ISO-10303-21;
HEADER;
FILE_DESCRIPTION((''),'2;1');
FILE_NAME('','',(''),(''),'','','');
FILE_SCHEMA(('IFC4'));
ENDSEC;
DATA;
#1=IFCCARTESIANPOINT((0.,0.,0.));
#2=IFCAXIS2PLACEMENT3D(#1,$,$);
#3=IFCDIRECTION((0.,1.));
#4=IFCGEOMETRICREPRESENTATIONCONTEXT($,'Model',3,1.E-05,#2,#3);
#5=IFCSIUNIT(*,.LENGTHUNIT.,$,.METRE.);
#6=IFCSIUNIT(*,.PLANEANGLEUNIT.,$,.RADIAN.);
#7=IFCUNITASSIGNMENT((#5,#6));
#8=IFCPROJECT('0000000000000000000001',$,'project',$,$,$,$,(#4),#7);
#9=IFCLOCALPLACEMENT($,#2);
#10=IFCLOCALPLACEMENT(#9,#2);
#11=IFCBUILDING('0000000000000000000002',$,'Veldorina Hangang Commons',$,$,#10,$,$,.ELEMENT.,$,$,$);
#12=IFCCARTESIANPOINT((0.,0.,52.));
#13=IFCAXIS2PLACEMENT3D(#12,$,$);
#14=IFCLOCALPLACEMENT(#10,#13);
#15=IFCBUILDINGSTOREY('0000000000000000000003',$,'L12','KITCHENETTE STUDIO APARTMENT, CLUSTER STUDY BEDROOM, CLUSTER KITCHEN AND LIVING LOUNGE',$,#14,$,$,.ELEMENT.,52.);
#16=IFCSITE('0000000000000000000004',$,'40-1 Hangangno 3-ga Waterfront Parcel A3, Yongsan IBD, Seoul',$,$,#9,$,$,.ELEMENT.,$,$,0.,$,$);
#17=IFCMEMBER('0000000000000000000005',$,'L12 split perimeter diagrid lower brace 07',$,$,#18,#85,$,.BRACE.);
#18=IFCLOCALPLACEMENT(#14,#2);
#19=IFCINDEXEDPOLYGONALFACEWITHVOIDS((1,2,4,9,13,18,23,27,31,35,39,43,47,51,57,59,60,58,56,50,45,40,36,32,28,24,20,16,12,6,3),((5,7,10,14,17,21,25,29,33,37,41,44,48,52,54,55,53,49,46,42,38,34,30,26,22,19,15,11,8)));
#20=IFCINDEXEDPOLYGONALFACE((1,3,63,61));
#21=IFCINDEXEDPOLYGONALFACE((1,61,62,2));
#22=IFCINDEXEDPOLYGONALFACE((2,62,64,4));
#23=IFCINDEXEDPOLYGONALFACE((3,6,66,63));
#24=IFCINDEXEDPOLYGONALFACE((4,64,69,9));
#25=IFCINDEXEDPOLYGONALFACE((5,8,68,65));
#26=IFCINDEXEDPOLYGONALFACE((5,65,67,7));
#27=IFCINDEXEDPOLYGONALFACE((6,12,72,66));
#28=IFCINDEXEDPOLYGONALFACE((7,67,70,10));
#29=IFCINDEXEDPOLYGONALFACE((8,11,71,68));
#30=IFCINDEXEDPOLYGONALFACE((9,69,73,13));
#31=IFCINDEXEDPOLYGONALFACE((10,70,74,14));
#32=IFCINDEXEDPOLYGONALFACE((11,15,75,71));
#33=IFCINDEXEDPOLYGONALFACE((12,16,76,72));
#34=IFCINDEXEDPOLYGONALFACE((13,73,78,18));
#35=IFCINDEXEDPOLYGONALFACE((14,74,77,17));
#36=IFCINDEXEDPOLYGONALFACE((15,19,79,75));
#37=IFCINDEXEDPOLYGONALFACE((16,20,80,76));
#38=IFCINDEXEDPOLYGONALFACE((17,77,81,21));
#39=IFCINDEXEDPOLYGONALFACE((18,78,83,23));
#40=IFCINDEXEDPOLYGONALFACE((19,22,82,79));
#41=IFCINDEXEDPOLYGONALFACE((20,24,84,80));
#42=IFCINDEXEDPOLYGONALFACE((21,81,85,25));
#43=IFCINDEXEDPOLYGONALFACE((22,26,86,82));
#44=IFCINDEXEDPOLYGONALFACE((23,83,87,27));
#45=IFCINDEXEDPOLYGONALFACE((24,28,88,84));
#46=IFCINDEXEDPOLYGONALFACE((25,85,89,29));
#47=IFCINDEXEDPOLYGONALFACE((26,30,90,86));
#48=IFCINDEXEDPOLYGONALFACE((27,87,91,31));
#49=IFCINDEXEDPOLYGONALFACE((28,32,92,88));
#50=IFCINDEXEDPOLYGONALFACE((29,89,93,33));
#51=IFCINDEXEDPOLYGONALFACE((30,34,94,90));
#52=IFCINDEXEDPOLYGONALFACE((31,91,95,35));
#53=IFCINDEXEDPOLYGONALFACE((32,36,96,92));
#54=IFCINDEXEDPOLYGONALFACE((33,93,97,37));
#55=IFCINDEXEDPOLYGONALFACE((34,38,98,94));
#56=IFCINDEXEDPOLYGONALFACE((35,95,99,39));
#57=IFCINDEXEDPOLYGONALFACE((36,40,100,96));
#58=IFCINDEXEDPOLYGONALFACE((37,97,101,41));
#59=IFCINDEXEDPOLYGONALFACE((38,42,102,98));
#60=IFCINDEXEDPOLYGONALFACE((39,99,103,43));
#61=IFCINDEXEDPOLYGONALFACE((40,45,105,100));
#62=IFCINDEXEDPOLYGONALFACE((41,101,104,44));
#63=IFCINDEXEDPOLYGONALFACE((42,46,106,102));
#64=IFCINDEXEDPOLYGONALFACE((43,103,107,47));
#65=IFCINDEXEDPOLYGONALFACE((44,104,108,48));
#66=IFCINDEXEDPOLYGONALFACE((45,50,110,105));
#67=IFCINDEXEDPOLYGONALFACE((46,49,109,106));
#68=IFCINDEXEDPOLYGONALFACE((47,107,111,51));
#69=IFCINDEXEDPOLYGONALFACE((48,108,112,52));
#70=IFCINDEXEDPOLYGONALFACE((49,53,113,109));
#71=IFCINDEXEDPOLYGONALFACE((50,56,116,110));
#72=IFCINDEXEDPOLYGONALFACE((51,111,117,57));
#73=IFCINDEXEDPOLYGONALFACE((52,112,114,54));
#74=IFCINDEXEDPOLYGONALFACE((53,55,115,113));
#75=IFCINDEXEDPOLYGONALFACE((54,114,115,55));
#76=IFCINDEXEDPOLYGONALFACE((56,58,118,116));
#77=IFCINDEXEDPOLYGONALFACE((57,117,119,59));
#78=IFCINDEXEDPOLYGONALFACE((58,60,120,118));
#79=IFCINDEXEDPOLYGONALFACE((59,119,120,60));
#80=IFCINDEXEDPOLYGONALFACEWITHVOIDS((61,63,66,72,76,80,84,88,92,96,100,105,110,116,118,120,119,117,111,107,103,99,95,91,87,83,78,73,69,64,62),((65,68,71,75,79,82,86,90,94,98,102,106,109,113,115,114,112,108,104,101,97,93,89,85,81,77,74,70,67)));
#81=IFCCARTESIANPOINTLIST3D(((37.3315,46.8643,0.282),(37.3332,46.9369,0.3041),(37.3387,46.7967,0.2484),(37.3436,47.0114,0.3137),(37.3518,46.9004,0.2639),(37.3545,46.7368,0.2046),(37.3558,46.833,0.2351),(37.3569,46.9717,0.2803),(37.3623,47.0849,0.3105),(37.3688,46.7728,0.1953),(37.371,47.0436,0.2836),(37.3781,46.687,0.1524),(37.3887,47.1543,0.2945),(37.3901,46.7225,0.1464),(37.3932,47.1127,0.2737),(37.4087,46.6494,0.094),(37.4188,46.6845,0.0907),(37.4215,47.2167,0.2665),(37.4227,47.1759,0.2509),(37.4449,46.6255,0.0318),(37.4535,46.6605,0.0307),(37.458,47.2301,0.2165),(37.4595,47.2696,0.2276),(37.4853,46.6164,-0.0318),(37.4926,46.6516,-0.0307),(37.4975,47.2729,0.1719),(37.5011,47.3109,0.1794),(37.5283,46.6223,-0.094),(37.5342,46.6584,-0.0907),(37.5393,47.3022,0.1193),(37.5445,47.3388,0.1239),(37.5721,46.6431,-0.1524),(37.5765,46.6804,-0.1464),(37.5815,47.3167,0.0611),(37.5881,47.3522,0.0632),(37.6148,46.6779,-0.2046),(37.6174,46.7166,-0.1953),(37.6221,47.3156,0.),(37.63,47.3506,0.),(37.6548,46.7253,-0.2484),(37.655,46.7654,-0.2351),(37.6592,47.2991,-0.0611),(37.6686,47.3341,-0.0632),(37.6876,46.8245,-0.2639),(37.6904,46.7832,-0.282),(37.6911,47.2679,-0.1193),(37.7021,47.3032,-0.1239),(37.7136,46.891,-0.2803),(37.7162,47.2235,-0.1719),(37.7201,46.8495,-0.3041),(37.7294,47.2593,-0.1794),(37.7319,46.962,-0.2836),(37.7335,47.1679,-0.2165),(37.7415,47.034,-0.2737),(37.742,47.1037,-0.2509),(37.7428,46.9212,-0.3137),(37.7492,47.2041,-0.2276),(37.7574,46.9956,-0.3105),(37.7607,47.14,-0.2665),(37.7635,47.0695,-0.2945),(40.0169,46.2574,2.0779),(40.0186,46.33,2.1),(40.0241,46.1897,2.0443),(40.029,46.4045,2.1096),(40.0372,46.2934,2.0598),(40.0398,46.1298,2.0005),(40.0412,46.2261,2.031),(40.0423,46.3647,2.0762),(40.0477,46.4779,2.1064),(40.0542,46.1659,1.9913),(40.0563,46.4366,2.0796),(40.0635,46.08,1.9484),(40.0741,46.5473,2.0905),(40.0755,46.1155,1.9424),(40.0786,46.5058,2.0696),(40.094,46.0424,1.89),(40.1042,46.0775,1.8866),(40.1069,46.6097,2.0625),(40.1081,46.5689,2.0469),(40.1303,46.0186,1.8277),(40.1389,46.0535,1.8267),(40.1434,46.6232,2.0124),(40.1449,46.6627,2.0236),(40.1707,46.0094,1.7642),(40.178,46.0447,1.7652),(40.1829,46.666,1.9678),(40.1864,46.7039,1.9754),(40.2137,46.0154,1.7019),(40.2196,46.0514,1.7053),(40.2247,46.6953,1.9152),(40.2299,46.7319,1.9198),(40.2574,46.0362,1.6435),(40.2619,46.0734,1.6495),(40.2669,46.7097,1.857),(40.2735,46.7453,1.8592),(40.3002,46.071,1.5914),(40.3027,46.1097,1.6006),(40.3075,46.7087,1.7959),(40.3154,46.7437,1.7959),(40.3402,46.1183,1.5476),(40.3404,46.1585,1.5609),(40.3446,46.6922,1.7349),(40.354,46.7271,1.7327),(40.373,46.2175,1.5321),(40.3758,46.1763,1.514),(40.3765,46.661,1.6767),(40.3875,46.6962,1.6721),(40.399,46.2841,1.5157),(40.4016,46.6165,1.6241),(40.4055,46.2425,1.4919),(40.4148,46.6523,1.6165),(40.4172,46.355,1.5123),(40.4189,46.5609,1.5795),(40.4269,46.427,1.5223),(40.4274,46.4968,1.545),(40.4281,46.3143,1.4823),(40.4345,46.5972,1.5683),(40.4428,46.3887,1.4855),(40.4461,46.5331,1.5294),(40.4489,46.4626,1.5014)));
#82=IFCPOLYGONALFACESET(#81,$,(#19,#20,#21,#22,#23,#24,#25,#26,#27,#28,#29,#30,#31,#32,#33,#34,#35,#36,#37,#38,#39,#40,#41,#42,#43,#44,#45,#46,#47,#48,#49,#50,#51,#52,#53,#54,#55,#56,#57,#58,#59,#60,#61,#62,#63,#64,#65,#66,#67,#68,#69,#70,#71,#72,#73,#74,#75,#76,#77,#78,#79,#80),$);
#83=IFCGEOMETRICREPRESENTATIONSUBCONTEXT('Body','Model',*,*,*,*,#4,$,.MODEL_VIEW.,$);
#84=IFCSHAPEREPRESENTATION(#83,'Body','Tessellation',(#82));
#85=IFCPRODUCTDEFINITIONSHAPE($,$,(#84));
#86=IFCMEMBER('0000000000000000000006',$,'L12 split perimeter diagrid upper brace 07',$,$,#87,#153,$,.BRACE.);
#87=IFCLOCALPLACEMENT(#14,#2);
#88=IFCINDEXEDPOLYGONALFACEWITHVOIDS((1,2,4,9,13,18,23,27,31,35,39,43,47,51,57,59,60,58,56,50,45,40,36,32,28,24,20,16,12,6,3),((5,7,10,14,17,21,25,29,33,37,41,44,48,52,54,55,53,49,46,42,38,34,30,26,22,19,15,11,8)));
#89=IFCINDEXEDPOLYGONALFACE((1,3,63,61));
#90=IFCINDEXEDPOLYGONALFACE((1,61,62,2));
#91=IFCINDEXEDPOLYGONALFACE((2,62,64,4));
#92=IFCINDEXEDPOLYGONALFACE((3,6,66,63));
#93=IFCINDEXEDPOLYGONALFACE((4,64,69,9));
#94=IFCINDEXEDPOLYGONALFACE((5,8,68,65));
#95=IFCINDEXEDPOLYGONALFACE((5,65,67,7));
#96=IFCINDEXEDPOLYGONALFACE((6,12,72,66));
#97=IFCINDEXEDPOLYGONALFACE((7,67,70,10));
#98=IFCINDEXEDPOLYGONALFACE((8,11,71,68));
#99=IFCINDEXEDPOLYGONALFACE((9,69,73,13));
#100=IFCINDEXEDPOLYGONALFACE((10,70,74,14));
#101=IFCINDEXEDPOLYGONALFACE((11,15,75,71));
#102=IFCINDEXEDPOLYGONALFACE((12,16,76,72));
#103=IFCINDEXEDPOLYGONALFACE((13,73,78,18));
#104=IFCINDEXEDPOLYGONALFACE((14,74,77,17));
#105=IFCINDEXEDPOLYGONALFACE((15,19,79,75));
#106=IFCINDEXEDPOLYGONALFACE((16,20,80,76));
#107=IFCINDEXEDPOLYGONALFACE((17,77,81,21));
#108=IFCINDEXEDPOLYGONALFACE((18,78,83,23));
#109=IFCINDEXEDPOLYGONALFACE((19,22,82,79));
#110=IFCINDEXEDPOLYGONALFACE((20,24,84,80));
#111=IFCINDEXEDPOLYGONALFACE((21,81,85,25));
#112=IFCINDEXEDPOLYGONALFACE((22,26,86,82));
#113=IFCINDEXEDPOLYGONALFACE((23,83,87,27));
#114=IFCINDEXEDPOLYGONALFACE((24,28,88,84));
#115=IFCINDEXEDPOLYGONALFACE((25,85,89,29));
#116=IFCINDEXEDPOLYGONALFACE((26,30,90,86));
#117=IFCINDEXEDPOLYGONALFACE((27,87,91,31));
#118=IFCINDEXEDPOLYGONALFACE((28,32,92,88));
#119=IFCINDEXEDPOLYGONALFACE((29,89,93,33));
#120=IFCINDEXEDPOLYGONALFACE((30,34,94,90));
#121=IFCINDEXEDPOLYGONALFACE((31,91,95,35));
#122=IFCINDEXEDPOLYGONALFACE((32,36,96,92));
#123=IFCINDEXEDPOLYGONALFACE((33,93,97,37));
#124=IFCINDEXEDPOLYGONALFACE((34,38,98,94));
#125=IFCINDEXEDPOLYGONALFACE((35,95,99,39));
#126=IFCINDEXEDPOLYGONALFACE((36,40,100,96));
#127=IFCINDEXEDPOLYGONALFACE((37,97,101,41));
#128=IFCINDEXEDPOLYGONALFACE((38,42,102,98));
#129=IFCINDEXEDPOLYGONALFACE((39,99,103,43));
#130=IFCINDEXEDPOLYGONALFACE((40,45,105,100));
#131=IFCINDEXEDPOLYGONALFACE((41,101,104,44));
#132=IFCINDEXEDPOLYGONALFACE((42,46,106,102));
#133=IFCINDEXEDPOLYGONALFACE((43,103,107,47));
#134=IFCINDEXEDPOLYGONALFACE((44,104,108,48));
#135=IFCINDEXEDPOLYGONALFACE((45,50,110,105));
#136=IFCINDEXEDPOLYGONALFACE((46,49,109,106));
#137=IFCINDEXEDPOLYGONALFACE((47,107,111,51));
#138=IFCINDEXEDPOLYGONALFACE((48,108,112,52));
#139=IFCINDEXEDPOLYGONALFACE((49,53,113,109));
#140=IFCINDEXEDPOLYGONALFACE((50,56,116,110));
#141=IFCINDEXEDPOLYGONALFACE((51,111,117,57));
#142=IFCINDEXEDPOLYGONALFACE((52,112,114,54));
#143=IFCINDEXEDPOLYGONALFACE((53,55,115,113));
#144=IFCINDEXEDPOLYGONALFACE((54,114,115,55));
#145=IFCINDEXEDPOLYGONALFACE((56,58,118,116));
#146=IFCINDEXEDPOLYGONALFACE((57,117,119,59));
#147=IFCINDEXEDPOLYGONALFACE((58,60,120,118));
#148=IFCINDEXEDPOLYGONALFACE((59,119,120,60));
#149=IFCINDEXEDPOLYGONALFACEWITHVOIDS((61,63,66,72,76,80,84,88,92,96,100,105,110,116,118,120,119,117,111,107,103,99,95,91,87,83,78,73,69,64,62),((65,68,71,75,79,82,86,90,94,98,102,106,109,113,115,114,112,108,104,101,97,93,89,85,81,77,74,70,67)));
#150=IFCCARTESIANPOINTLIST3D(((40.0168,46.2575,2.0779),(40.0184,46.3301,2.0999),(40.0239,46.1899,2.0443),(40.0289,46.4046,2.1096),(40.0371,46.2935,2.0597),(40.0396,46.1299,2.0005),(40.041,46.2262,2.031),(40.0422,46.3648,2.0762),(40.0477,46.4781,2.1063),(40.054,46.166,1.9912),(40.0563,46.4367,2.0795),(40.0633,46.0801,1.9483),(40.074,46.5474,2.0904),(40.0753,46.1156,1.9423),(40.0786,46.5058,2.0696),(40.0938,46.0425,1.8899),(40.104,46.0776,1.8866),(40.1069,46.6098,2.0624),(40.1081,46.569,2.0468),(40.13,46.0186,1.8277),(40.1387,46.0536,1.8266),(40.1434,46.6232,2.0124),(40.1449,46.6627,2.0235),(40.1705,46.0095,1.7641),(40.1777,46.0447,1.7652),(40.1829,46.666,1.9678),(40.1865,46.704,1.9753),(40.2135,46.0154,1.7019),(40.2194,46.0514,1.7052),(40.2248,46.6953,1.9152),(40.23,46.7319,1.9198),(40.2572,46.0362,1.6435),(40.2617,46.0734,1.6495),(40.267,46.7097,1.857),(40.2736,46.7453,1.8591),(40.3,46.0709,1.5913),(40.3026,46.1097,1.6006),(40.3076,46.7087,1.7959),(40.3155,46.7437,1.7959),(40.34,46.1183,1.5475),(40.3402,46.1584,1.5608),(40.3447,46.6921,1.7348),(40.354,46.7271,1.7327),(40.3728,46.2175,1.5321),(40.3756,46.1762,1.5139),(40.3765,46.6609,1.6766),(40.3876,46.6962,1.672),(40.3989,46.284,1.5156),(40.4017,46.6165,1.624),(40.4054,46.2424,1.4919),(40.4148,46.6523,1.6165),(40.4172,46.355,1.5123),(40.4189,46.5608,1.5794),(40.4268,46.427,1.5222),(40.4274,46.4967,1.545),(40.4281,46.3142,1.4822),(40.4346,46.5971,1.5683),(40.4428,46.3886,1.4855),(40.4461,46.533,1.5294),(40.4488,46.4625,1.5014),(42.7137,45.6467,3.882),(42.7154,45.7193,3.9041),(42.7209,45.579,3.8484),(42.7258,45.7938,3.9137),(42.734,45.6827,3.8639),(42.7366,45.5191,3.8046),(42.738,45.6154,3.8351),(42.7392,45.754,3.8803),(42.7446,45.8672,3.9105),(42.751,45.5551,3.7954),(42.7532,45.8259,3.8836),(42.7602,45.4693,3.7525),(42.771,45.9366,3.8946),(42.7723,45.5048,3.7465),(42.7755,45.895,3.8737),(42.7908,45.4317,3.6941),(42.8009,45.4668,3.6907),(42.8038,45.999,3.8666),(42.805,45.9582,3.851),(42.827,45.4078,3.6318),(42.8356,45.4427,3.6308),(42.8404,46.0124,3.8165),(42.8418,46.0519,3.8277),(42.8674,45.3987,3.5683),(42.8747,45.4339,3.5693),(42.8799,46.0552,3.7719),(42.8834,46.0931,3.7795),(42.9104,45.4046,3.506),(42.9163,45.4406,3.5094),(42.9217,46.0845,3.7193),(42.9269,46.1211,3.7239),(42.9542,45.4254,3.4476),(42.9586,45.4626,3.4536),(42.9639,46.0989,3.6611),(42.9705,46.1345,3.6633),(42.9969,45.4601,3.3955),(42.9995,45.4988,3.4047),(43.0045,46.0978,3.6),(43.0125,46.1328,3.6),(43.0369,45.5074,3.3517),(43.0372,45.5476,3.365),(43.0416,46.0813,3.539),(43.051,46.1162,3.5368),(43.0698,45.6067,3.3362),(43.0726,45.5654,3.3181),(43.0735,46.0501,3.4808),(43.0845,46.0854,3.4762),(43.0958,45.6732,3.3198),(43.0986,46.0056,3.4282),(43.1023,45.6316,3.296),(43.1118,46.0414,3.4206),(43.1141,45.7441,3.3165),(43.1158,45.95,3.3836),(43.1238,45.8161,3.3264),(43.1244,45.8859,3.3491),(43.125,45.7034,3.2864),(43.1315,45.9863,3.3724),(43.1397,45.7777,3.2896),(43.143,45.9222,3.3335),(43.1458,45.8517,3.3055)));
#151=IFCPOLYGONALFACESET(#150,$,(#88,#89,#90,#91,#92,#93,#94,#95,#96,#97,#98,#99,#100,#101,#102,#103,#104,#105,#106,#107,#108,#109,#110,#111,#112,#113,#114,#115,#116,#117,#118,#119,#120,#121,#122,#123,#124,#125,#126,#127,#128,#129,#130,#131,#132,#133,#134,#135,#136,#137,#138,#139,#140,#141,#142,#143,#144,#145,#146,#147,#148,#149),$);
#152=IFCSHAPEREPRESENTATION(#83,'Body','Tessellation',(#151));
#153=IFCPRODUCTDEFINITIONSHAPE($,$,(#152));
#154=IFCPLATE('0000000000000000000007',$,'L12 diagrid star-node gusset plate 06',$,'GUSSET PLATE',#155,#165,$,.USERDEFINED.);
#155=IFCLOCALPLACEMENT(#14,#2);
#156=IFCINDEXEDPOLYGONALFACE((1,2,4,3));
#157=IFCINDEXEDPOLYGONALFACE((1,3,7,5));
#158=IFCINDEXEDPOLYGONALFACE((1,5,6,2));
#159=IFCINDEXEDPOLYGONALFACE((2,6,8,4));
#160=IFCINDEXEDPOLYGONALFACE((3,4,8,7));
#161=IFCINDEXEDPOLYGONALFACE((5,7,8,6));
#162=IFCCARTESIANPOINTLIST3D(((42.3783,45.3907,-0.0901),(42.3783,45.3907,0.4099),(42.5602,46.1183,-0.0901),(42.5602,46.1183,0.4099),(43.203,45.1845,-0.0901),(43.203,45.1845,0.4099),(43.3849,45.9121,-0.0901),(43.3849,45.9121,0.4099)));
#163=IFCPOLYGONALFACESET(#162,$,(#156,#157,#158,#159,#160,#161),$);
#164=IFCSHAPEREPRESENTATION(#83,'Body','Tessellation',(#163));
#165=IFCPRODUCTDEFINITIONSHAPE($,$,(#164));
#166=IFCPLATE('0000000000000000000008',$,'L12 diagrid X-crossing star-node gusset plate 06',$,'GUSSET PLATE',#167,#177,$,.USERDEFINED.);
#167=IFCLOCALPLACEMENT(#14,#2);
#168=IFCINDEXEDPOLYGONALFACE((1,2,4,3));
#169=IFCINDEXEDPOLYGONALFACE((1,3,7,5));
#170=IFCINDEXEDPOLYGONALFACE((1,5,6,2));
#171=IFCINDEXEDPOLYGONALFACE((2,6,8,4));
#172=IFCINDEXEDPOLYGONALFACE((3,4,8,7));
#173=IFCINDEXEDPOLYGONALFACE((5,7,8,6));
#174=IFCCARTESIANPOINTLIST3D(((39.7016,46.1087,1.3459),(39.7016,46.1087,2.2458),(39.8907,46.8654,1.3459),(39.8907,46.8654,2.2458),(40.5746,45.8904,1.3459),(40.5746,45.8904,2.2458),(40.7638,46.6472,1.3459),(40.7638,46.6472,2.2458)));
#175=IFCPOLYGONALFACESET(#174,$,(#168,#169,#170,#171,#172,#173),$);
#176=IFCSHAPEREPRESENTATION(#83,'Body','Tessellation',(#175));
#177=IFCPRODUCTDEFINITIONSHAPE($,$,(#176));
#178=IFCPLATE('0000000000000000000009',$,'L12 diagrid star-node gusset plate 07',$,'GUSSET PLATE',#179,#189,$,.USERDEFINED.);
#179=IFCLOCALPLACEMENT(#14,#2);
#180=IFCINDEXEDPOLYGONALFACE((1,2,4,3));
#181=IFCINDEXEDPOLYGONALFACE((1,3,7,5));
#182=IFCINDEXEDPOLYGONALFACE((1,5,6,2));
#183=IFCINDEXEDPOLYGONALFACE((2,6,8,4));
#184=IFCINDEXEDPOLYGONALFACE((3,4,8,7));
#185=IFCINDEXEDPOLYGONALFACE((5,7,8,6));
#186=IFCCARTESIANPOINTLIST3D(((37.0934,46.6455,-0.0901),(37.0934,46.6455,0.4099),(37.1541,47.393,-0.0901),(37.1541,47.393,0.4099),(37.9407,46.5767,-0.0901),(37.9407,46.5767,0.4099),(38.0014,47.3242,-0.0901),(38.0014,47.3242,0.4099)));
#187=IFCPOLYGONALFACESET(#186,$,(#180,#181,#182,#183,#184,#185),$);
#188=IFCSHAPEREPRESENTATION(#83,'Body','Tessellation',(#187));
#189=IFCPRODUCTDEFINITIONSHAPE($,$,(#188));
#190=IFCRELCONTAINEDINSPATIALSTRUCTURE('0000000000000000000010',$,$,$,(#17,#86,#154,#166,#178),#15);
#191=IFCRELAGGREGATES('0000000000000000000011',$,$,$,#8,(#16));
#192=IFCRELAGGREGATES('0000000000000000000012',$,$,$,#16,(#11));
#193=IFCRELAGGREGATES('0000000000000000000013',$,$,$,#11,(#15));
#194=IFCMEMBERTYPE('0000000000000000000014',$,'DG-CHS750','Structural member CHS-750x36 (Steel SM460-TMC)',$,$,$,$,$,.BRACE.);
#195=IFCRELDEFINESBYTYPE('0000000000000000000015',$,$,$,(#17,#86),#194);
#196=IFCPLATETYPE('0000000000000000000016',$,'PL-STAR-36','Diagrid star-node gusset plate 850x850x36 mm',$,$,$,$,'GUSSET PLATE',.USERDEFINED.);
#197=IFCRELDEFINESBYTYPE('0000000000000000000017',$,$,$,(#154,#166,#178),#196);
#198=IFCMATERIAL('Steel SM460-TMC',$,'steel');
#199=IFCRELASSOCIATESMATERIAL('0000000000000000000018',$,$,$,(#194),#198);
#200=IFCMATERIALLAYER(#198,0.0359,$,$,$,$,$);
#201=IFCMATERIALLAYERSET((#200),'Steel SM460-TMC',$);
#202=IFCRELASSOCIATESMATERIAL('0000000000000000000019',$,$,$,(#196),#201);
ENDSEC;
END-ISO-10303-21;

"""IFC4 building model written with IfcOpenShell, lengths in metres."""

from ifc_helpers import new_model, si_unit, direction, frame, origin, origin_2d, place, context, subcontext, project, spatial, rectangle, hollow_circle, extrude, material, layer, layer_set, material_profile, profile_set, type_object, element, save


model = new_model("IFC4")

# Units and contexts
model_context = context("Model", 3, precision=1e-05, world=origin(), true_north=direction((0.0, 1.0)))
body_context = subcontext(model_context, "Body", "Model", "MODEL_VIEW")
ifc_project = project(units=[si_unit("LENGTHUNIT", "METRE"), si_unit("PLANEANGLEUNIT", "RADIAN")], contexts=[model_context])

# Site, building, storey
site_placement = place(None, origin())
site = spatial("IfcSite", under=ifc_project, at=site_placement, Name="40-1 Hangangno 3-ga Waterfront Parcel A3, Yongsan IBD, Seoul", CompositionType="ELEMENT", RefElevation=0.0)
building_placement = place(site_placement, origin())
building = spatial("IfcBuilding", under=site, at=building_placement, Name="Veldorina Hangang Commons", CompositionType="ELEMENT")
storey_placement = place(building_placement, frame((0.0, 0.0, 52.0)))
storey = spatial("IfcBuildingStorey", under=building, at=storey_placement, Name="L12", Description="KITCHENETTE STUDIO APARTMENT, CLUSTER STUDY BEDROOM, CLUSTER KITCHEN AND LIVING LOUNGE", CompositionType="ELEMENT", Elevation=52.0)

# Shared definitions
ifc_material_1 = material(Name="Steel SM460-TMC", Category="steel")

# Members
ifc_material_profile_1 = material_profile(ifc_material_1, hollow_circle(Radius=0.375, WallThickness=0.0359, at=origin_2d()), Name="CHS-750x36")
ifc_profile_set_1 = profile_set([ifc_material_profile_1], Name="Steel SM460-TMC")
member_type = type_object("IfcMemberType", Name="DG-CHS750", Description="Structural member CHS-750x36 (Steel SM460-TMC)", PredefinedType="BRACE", material=ifc_profile_set_1)
member_1_placement = place(storey_placement, frame((37.5474, 46.9849, 0.0), z_axis=(0.816943, -0.184646, 0.546361), x_axis=(0.22046, 0.975396, 0.0)))
element("IfcMember", 1, at=member_1_placement, inside=storey, type_object=member_type, Name="L12 split perimeter diagrid lower brace 07", PredefinedType="BRACE", context=body_context, shape_type="SweptSolid", body=[
    extrude(hollow_circle(Radius=0.375, WallThickness=0.0359, at=origin_2d()), origin(), (0.0, 0.0, 1.0), 3.2871),
])
member_2_placement = place(storey_placement, frame((40.2327, 46.3779, 1.7959), z_axis=(0.816822, -0.185, 0.546421), x_axis=(0.220892, 0.975298, 0.0)))
element("IfcMember", 2, at=member_2_placement, inside=storey, type_object=member_type, Name="L12 split perimeter diagrid upper brace 07", PredefinedType="BRACE", context=body_context, shape_type="SweptSolid", body=[
    extrude(hollow_circle(Radius=0.375, WallThickness=0.0359, at=origin_2d()), origin(), (0.0, 0.0, 1.0), 3.3018),
])

# Plates
ifc_layer_1 = layer(ifc_material_1, 0.0359)
ifc_layer_set_1 = layer_set([ifc_layer_1], Name="Steel SM460-TMC")
plate_type = type_object("IfcPlateType", Name="PL-STAR-36", Description="Diagrid star-node gusset plate 850x850x36 mm", ElementType="GUSSET PLATE", PredefinedType="USERDEFINED", material=ifc_layer_set_1)
plate_1_placement = place(storey_placement, frame((42.8816, 45.6514, -0.0901), z_axis=(0.0, 0.0, 1.0), x_axis=(-0.970144, 0.242532, 0.0)))
element("IfcPlate", 3, at=plate_1_placement, inside=storey, type_object=plate_type, Name="L12 diagrid star-node gusset plate 06", ObjectType="GUSSET PLATE", PredefinedType="USERDEFINED", context=body_context, shape_type="SweptSolid", body=[
    extrude(rectangle(XDim=0.8501, YDim=0.75, at=origin_2d()), origin(), (0.0, 0.0, 1.0), 0.5),
])
plate_2_placement = place(storey_placement, frame((40.2327, 46.3779, 1.3459), z_axis=(0.0, 0.0, 1.0), x_axis=(-0.970144, 0.242532, 0.0)))
element("IfcPlate", 4, at=plate_2_placement, inside=storey, type_object=plate_type, Name="L12 diagrid X-crossing star-node gusset plate 06", ObjectType="GUSSET PLATE", PredefinedType="USERDEFINED", context=body_context, shape_type="SweptSolid", body=[
    extrude(rectangle(XDim=0.8999, YDim=0.78, at=origin_2d()), origin(), (0.0, 0.0, 1.0), 0.8999),
])
plate_3_placement = place(storey_placement, frame((37.5474, 46.9849, -0.0901), z_axis=(0.0, 0.0, 1.0), x_axis=(-0.996721, 0.080912, 0.0)))
element("IfcPlate", 5, at=plate_3_placement, inside=storey, type_object=plate_type, Name="L12 diagrid star-node gusset plate 07", ObjectType="GUSSET PLATE", PredefinedType="USERDEFINED", context=body_context, shape_type="SweptSolid", body=[
    extrude(rectangle(XDim=0.8501, YDim=0.75, at=origin_2d()), origin(), (0.0, 0.0, 1.0), 0.5),
])

save(model, "model.ifc")
